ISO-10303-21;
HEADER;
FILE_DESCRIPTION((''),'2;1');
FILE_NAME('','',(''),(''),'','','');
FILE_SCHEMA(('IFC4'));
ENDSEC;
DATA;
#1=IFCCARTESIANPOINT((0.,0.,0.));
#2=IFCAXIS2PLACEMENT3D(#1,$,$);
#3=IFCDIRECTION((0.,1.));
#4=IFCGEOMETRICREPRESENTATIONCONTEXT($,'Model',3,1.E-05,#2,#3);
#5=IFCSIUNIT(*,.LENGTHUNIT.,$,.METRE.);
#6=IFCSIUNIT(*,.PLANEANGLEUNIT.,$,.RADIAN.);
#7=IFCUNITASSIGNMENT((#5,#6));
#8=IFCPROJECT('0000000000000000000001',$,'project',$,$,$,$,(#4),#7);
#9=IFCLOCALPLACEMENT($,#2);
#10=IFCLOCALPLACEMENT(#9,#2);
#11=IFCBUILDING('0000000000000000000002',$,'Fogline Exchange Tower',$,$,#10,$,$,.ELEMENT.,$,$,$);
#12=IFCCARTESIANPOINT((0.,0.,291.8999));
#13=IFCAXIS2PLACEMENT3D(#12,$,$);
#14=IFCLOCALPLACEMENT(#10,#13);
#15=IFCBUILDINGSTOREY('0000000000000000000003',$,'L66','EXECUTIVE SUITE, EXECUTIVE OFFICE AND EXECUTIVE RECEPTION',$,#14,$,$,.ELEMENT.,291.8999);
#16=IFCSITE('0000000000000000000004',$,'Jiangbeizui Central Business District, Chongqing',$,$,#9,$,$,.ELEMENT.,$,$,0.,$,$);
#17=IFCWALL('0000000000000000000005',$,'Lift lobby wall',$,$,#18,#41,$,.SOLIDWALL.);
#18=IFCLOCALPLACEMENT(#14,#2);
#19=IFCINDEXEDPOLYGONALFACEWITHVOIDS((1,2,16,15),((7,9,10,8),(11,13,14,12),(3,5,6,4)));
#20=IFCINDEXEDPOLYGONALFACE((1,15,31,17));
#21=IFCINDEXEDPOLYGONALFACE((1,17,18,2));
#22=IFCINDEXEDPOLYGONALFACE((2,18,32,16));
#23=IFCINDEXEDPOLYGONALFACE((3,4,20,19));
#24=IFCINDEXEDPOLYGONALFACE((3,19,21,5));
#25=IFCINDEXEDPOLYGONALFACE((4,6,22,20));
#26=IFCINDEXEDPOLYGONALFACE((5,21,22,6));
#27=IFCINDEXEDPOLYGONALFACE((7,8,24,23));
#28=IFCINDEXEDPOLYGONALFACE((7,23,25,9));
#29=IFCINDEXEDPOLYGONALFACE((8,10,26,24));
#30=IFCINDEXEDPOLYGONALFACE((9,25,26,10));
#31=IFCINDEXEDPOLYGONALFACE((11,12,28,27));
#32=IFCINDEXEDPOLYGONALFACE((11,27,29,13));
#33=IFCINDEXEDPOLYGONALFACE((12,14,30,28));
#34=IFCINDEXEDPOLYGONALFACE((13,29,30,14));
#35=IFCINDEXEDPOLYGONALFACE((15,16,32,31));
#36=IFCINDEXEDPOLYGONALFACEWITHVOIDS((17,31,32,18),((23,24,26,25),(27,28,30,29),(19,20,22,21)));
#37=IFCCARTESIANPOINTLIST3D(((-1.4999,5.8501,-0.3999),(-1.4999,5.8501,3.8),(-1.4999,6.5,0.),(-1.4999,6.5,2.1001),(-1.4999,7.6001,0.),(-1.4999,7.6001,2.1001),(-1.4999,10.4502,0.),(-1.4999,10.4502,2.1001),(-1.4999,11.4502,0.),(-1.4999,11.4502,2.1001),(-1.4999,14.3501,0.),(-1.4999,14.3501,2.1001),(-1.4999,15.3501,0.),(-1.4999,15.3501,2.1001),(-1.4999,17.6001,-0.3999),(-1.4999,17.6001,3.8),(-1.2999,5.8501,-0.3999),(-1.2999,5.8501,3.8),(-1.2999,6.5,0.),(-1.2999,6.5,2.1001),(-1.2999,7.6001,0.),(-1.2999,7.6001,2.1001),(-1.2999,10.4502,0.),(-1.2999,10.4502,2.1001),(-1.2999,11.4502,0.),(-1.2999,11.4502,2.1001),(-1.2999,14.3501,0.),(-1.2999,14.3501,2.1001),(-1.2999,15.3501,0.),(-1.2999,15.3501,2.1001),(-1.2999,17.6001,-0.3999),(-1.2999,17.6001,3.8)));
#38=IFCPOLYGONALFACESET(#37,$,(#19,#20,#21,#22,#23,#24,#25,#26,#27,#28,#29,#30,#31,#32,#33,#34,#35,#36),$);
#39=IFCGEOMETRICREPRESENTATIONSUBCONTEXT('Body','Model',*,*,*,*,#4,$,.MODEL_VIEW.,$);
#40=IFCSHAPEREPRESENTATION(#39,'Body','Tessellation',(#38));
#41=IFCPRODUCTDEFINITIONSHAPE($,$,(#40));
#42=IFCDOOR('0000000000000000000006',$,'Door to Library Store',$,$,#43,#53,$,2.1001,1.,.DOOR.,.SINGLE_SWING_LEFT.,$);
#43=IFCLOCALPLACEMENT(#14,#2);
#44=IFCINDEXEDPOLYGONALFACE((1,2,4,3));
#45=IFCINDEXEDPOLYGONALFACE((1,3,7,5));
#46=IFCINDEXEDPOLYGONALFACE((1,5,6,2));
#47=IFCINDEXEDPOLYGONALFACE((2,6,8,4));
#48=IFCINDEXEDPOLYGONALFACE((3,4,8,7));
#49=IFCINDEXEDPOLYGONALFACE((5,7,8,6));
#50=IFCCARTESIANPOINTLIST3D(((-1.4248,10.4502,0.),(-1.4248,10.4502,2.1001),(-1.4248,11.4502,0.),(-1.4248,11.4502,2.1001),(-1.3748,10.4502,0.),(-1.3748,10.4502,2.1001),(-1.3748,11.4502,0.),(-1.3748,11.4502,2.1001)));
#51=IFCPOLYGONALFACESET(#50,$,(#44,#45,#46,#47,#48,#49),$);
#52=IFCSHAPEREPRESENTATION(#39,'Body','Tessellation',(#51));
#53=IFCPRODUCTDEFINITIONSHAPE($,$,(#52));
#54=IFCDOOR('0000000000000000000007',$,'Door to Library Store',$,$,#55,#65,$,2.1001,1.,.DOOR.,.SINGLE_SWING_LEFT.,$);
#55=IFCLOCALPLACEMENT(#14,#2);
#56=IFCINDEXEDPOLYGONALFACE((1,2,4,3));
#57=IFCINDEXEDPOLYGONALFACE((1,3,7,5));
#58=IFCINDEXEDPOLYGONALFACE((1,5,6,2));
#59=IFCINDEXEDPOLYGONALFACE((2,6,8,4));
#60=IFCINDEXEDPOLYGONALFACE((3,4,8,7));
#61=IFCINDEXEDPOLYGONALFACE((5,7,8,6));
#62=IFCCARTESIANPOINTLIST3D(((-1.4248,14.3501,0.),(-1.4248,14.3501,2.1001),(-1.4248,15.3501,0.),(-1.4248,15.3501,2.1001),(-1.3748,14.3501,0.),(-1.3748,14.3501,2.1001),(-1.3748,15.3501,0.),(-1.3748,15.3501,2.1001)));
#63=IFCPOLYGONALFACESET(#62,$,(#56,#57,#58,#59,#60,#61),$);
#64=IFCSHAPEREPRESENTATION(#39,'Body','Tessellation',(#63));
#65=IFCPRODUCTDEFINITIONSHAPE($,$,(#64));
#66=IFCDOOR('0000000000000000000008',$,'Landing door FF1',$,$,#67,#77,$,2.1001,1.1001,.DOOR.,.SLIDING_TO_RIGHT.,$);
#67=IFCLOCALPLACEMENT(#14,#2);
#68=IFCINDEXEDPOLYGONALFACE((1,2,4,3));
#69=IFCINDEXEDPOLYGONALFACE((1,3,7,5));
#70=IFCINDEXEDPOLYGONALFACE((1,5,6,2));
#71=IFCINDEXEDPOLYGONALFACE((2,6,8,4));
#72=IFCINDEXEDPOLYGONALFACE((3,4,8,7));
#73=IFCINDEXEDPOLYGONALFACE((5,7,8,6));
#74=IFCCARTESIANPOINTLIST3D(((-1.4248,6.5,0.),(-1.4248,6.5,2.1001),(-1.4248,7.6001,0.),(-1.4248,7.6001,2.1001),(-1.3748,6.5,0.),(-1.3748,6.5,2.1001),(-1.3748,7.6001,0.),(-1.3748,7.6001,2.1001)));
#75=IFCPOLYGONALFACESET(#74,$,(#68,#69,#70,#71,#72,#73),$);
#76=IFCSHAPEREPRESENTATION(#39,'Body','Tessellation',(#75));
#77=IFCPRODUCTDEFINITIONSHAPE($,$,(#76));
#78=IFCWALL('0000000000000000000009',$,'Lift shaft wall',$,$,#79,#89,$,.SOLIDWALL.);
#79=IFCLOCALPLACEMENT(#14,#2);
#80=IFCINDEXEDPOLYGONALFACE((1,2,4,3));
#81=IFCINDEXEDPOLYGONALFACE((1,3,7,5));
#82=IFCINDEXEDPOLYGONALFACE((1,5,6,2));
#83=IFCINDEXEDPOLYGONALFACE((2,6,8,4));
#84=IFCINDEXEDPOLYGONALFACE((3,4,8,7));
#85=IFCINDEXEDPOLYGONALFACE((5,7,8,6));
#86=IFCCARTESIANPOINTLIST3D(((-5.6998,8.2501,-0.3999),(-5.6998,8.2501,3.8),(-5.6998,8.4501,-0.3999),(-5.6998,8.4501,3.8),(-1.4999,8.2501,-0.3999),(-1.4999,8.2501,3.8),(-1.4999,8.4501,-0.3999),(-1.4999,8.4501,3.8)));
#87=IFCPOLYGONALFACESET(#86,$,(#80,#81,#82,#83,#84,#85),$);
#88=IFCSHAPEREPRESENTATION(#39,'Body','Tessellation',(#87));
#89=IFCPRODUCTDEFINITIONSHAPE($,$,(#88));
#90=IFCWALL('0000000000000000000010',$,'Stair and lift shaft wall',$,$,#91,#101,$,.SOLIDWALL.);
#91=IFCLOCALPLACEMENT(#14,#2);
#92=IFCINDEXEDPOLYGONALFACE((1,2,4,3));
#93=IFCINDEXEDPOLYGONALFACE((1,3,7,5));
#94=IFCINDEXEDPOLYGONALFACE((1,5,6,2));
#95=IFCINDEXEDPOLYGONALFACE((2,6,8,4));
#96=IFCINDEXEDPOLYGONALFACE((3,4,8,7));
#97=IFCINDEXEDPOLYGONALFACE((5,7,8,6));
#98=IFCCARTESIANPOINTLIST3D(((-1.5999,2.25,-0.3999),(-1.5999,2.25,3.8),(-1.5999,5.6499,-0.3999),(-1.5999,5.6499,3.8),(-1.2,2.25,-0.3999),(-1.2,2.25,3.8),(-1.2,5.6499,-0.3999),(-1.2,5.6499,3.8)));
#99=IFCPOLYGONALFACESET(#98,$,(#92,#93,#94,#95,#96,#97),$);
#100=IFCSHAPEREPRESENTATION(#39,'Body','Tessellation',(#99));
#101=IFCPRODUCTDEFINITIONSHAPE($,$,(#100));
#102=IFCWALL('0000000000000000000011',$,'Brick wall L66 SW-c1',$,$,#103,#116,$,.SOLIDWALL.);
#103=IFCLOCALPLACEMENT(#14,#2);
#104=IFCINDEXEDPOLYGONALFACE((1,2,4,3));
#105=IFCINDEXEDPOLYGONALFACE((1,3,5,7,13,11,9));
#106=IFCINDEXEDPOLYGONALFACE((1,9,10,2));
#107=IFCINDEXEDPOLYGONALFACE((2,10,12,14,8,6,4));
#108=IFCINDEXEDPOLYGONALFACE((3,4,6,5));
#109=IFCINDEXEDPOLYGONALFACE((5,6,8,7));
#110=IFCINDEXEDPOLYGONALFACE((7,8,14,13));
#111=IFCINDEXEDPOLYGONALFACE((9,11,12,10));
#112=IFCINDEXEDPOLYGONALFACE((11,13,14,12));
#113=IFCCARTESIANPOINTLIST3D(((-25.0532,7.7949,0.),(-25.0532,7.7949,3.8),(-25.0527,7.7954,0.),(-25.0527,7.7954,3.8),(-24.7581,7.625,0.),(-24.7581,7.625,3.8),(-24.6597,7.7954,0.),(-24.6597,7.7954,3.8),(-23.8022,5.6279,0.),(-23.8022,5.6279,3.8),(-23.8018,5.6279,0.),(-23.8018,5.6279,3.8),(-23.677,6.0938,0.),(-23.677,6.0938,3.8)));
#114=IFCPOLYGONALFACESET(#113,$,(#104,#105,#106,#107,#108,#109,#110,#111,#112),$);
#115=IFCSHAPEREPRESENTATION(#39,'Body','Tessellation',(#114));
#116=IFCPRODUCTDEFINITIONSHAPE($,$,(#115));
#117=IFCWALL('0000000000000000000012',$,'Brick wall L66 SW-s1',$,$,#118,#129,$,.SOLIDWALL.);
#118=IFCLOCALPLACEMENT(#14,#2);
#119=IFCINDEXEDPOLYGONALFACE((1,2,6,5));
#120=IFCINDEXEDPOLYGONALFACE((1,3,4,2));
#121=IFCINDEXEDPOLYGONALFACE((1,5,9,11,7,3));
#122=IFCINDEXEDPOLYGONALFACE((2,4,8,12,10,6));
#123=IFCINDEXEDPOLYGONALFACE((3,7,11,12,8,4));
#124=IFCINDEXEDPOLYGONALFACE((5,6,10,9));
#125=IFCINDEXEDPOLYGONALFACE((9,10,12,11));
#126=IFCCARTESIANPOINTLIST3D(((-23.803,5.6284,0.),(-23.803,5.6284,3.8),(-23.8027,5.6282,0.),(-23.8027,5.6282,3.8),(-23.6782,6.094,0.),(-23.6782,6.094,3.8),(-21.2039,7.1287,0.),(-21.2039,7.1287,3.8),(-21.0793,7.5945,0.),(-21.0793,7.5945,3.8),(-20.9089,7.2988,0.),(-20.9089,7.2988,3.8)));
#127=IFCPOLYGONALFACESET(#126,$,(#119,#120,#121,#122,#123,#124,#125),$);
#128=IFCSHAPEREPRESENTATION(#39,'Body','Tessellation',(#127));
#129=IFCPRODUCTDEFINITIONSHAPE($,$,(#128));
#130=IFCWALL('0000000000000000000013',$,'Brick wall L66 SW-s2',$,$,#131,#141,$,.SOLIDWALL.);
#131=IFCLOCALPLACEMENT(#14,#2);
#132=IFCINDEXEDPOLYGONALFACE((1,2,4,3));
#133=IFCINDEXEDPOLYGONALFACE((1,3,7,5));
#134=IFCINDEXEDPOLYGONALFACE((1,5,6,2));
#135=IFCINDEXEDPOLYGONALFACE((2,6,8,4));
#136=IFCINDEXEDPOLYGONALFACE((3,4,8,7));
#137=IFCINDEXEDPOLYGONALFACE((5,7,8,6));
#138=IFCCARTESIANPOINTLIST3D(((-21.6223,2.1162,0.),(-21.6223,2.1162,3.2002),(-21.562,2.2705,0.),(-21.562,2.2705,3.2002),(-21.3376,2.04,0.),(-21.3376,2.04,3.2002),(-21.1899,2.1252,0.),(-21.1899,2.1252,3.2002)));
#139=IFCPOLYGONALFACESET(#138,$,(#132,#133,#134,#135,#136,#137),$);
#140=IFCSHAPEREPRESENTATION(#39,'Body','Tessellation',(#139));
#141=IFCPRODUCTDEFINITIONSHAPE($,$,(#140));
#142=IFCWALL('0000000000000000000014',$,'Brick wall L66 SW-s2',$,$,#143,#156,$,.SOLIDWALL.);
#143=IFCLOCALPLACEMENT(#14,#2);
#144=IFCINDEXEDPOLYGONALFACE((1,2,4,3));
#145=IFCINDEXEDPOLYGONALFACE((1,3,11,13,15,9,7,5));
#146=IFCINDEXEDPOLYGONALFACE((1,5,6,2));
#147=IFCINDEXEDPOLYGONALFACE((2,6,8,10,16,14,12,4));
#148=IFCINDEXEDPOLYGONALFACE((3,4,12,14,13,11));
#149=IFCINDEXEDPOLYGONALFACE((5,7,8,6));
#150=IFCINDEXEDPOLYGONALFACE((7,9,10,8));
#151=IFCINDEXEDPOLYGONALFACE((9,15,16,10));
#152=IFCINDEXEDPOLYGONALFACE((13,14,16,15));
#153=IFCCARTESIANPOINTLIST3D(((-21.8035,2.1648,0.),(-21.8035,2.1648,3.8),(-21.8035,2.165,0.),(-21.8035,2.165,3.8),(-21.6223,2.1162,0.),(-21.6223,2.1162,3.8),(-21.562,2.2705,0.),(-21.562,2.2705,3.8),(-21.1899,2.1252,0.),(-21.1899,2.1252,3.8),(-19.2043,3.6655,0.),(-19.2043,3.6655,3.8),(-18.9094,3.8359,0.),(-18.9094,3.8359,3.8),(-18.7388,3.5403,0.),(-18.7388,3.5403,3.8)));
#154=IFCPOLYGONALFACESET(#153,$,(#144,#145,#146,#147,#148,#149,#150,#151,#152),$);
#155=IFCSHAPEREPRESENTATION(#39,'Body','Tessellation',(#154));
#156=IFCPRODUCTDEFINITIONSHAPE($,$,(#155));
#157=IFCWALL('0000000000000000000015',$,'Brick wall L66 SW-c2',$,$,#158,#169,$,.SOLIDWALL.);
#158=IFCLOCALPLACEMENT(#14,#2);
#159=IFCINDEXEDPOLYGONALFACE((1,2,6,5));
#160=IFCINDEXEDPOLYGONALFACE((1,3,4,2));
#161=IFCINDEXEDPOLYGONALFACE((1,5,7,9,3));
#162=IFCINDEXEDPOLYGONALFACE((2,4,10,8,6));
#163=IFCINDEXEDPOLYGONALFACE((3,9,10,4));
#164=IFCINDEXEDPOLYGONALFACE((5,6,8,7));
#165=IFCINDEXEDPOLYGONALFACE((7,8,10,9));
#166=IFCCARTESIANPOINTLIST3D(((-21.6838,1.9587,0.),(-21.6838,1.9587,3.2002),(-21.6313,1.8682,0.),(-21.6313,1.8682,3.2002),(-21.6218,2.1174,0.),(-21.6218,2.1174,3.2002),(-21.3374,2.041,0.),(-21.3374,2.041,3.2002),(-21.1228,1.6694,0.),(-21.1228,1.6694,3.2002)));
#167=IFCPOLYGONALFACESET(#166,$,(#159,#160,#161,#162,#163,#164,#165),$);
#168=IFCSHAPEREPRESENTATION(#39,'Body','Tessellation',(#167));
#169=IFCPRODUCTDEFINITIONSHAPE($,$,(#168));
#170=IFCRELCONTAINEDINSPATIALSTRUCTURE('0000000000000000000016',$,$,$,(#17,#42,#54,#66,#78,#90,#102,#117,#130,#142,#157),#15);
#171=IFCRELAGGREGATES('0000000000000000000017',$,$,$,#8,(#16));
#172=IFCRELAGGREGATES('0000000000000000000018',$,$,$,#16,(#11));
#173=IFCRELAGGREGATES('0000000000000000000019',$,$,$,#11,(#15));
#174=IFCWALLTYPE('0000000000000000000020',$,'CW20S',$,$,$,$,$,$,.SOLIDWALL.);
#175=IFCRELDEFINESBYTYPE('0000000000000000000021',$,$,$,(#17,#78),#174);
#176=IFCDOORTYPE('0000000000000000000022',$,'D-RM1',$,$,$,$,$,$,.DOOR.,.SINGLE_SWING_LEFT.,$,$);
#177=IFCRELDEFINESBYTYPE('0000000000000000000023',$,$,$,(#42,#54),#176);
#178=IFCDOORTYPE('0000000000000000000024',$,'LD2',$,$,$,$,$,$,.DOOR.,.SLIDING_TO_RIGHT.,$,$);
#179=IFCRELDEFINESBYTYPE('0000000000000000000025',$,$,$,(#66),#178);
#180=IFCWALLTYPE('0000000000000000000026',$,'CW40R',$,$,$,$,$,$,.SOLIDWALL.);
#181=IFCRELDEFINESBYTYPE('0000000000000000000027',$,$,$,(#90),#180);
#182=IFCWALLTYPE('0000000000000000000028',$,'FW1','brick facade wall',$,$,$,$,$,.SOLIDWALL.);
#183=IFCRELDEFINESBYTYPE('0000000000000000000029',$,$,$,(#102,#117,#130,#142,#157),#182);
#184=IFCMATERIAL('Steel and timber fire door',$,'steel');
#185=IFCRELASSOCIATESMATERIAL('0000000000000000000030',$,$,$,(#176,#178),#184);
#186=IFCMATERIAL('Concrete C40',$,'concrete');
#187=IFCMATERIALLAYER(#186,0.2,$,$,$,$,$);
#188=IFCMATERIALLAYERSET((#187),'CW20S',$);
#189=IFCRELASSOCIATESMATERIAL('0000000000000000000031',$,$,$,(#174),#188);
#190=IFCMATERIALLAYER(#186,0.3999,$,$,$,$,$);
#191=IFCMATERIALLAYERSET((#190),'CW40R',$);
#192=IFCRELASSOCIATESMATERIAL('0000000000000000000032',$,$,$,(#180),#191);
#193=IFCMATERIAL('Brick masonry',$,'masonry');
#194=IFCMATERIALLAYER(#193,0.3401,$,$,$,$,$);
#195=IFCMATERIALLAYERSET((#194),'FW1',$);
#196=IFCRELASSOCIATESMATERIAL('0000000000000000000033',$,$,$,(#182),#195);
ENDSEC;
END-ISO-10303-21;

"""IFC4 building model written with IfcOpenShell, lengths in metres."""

from ifc_helpers import new_model, si_unit, direction, frame, frame_2d, origin, place, context, subcontext, project, spatial, polyline, rectangle, outline, extrude, material, layer, layer_set, type_object, element, fill, save


model = new_model("IFC4")

# Units and contexts
model_context = context("Model", 3, precision=1e-05, world=origin(), true_north=direction((0.0, 1.0)))
body_context = subcontext(model_context, "Body", "Model", "MODEL_VIEW")
ifc_project = project(units=[si_unit("LENGTHUNIT", "METRE"), si_unit("PLANEANGLEUNIT", "RADIAN")], contexts=[model_context])

# Site, building, storey
site_placement = place(None, origin())
site = spatial("IfcSite", under=ifc_project, at=site_placement, Name="Jiangbeizui Central Business District, Chongqing", CompositionType="ELEMENT", RefElevation=0.0)
building_placement = place(site_placement, origin())
building = spatial("IfcBuilding", under=site, at=building_placement, Name="Fogline Exchange Tower", CompositionType="ELEMENT")
storey_placement = place(building_placement, frame((0.0, 0.0, 291.8999)))
storey = spatial("IfcBuildingStorey", under=building, at=storey_placement, Name="L66", Description="EXECUTIVE SUITE, EXECUTIVE OFFICE AND EXECUTIVE RECEPTION", CompositionType="ELEMENT", Elevation=291.8999)

# Shared definitions
ifc_material_1 = material(Name="Concrete C40", Category="concrete")

# Shared definitions
ifc_material_2 = material(Name="Steel and timber fire door", Category="steel")
door_type_1 = type_object("IfcDoorType", Name="D-RM1", OperationType="SINGLE_SWING_LEFT", PredefinedType="DOOR", material=ifc_material_2)

# Shared definitions
ifc_layer_1 = layer(ifc_material_1, 0.2)
ifc_layer_set_1 = layer_set([ifc_layer_1], Name="CW20S")
wall_type_1 = type_object("IfcWallType", Name="CW20S", PredefinedType="SOLIDWALL", material=ifc_layer_set_1)

# Wall, openings, doors
wall_1_placement = place(storey_placement, frame((-1.3999, 5.8501, -0.3999), z_axis=(0.0, 0.0, 1.0), x_axis=(0.0, 1.0, 0.0)))
wall_1 = element("IfcWall", 1, at=wall_1_placement, inside=storey, type_object=wall_type_1, Name="Lift lobby wall", PredefinedType="SOLIDWALL", context=body_context, shape_type="SweptSolid", body=[
    extrude(rectangle(XDim=11.75, YDim=0.2, at=frame_2d((5.875, 0.0))), origin(), (0.0, 0.0, 1.0), 4.2),
])
opening_1_placement = place(wall_1_placement, frame((0.6499, 0.0, 0.3999)))
opening_1 = element("IfcOpeningElement", 2, at=opening_1_placement, cuts=wall_1, PredefinedType="OPENING", context=body_context, shape_type="SweptSolid", body=[
    extrude(rectangle(XDim=1.1001, YDim=2.1001, at=frame_2d((0.55, 1.05))), frame((0.0, 0.1099, 0.0), z_axis=(0.0, -1.0, 0.0), x_axis=(1.0, 0.0, 0.0)), (0.0, 0.0, 1.0), 0.22),
])
opening_2_placement = place(wall_1_placement, frame((4.6001, 0.0, 0.3999)))
opening_2 = element("IfcOpeningElement", 3, at=opening_2_placement, cuts=wall_1, PredefinedType="OPENING", context=body_context, shape_type="SweptSolid", body=[
    extrude(rectangle(XDim=1.0, YDim=2.1001, at=frame_2d((0.5, 1.05))), frame((0.0, 0.1099, 0.0), z_axis=(0.0, -1.0, 0.0), x_axis=(1.0, 0.0, 0.0)), (0.0, 0.0, 1.0), 0.22),
])
opening_3_placement = place(wall_1_placement, frame((8.5, 0.0, 0.3999)))
opening_3 = element("IfcOpeningElement", 4, at=opening_3_placement, cuts=wall_1, PredefinedType="OPENING", context=body_context, shape_type="SweptSolid", body=[
    extrude(rectangle(XDim=1.0, YDim=2.1001, at=frame_2d((0.5, 1.05))), frame((0.0, 0.1099, 0.0), z_axis=(0.0, -1.0, 0.0), x_axis=(1.0, 0.0, 0.0)), (0.0, 0.0, 1.0), 0.22),
])
door_1_placement = place(opening_2_placement, origin())
door_1 = element("IfcDoor", 5, at=door_1_placement, inside=storey, type_object=door_type_1, Name="Door to Library Store", OperationType="SINGLE_SWING_LEFT", OverallHeight=2.1001, OverallWidth=1.0, PredefinedType="DOOR", context=body_context, shape_type="SweptSolid", body=[
    extrude(rectangle(XDim=1.0, YDim=2.1001, at=frame_2d((0.5, 1.05))), frame((0.0, 0.0249, 0.0), z_axis=(0.0, -1.0, 0.0), x_axis=(1.0, 0.0, 0.0)), (0.0, 0.0, 1.0), 0.05),
])
fill(opening_2, door_1)
door_2_placement = place(opening_3_placement, origin())
door_2 = element("IfcDoor", 6, at=door_2_placement, inside=storey, type_object=door_type_1, Name="Door to Library Store", OperationType="SINGLE_SWING_LEFT", OverallHeight=2.1001, OverallWidth=1.0, PredefinedType="DOOR", context=body_context, shape_type="SweptSolid", body=[
    extrude(rectangle(XDim=1.0, YDim=2.1001, at=frame_2d((0.5, 1.05))), frame((0.0, 0.0249, 0.0), z_axis=(0.0, -1.0, 0.0), x_axis=(1.0, 0.0, 0.0)), (0.0, 0.0, 1.0), 0.05),
])
fill(opening_3, door_2)
door_type_2 = type_object("IfcDoorType", Name="LD2", OperationType="SLIDING_TO_RIGHT", PredefinedType="DOOR", material=ifc_material_2)
door_3_placement = place(opening_1_placement, origin())
door_3 = element("IfcDoor", 7, at=door_3_placement, inside=storey, type_object=door_type_2, Name="Landing door FF1", OperationType="SLIDING_TO_RIGHT", OverallHeight=2.1001, OverallWidth=1.1001, PredefinedType="DOOR", context=body_context, shape_type="SweptSolid", body=[
    extrude(rectangle(XDim=1.1001, YDim=2.1001, at=frame_2d((0.55, 1.05))), frame((0.0, 0.0249, 0.0), z_axis=(0.0, -1.0, 0.0), x_axis=(1.0, 0.0, 0.0)), (0.0, 0.0, 1.0), 0.05),
])
fill(opening_1, door_3)

# Walls
wall_2_placement = place(storey_placement, frame((-5.7, 8.3501, -0.3999), z_axis=(0.0, 0.0, 1.0), x_axis=(1.0, 0.0, 0.0)))
element("IfcWall", 8, at=wall_2_placement, inside=storey, type_object=wall_type_1, Name="Lift shaft wall", PredefinedType="SOLIDWALL", context=body_context, shape_type="SweptSolid", body=[
    extrude(rectangle(XDim=4.2, YDim=0.2, at=frame_2d((2.1001, 0.0))), origin(), (0.0, 0.0, 1.0), 4.2),
])
ifc_layer_2 = layer(ifc_material_1, 0.3999)
ifc_layer_set_2 = layer_set([ifc_layer_2], Name="CW40R")
wall_type_2 = type_object("IfcWallType", Name="CW40R", PredefinedType="SOLIDWALL", material=ifc_layer_set_2)
wall_3_placement = place(storey_placement, frame((-1.3999, 2.25, -0.3999), z_axis=(0.0, 0.0, 1.0), x_axis=(0.0, 1.0, 0.0)))
element("IfcWall", 9, at=wall_3_placement, inside=storey, type_object=wall_type_2, Name="Stair and lift shaft wall", PredefinedType="SOLIDWALL", context=body_context, shape_type="SweptSolid", body=[
    extrude(rectangle(XDim=3.3999, YDim=0.3999, at=frame_2d((1.7, 0.0))), origin(), (0.0, 0.0, 1.0), 4.2),
])
ifc_material_3 = material(Name="Brick masonry", Category="masonry")
ifc_layer_3 = layer(ifc_material_3, 0.3401)
ifc_layer_set_3 = layer_set([ifc_layer_3], Name="FW1")
wall_type_3 = type_object("IfcWallType", Name="FW1", Description="brick facade wall", PredefinedType="SOLIDWALL", material=ifc_layer_set_3)
wall_4_placement = place(storey_placement, origin())
element("IfcWall", 10, at=wall_4_placement, inside=storey, type_object=wall_type_3, Name="Brick wall L66 SW-c1", PredefinedType="SOLIDWALL", context=body_context, shape_type="SweptSolid", body=[
    extrude(outline(polyline([(-23.8022, 5.6279), (-25.0532, 7.7949), (-25.0527, 7.7954), (-24.7581, 7.625), (-24.6597, 7.7954), (-23.677, 6.0938), (-23.8018, 5.6279), (-23.8022, 5.6279)])), origin(), (0.0, 0.0, 1.0), 3.8),
])
wall_5_placement = place(storey_placement, origin())
element("IfcWall", 11, at=wall_5_placement, inside=storey, type_object=wall_type_3, Name="Brick wall L66 SW-s1", PredefinedType="SOLIDWALL", context=body_context, shape_type="SweptSolid", body=[
    extrude(outline(polyline([(-21.0793, 7.5945), (-20.9089, 7.2988), (-21.2039, 7.1287), (-23.8027, 5.6282), (-23.803, 5.6284), (-23.6782, 6.094), (-21.0793, 7.5945)])), origin(), (0.0, 0.0, 1.0), 3.8),
])
wall_6_placement = place(storey_placement, origin())
element("IfcWall", 12, at=wall_6_placement, inside=storey, type_object=wall_type_3, Name="Brick wall L66 SW-s2", PredefinedType="SOLIDWALL", context=body_context, shape_type="SweptSolid", body=[
    extrude(outline(polyline([(-21.3376, 2.04), (-21.6223, 2.1162), (-21.562, 2.2705), (-21.1899, 2.1252), (-21.3376, 2.04)])), origin(), (0.0, 0.0, 1.0), 3.2002),
])
wall_7_placement = place(storey_placement, origin())
element("IfcWall", 13, at=wall_7_placement, inside=storey, type_object=wall_type_3, Name="Brick wall L66 SW-s2", PredefinedType="SOLIDWALL", context=body_context, shape_type="SweptSolid", body=[
    extrude(outline(polyline([(-19.2043, 3.6655), (-18.9094, 3.8359), (-18.7388, 3.5403), (-21.1899, 2.1252), (-21.562, 2.2705), (-21.6223, 2.1162), (-21.8035, 2.1648), (-21.8035, 2.165), (-19.2043, 3.6655)])), origin(), (0.0, 0.0, 1.0), 3.8),
])
wall_8_placement = place(storey_placement, origin())
element("IfcWall", 14, at=wall_8_placement, inside=storey, type_object=wall_type_3, Name="Brick wall L66 SW-c2", PredefinedType="SOLIDWALL", context=body_context, shape_type="SweptSolid", body=[
    extrude(outline(polyline([(-21.6838, 1.9587), (-21.6218, 2.1174), (-21.3374, 2.041), (-21.1228, 1.6694), (-21.6313, 1.8682), (-21.6838, 1.9587)])), origin(), (0.0, 0.0, 1.0), 3.2002),
])

save(model, "model.ifc")
